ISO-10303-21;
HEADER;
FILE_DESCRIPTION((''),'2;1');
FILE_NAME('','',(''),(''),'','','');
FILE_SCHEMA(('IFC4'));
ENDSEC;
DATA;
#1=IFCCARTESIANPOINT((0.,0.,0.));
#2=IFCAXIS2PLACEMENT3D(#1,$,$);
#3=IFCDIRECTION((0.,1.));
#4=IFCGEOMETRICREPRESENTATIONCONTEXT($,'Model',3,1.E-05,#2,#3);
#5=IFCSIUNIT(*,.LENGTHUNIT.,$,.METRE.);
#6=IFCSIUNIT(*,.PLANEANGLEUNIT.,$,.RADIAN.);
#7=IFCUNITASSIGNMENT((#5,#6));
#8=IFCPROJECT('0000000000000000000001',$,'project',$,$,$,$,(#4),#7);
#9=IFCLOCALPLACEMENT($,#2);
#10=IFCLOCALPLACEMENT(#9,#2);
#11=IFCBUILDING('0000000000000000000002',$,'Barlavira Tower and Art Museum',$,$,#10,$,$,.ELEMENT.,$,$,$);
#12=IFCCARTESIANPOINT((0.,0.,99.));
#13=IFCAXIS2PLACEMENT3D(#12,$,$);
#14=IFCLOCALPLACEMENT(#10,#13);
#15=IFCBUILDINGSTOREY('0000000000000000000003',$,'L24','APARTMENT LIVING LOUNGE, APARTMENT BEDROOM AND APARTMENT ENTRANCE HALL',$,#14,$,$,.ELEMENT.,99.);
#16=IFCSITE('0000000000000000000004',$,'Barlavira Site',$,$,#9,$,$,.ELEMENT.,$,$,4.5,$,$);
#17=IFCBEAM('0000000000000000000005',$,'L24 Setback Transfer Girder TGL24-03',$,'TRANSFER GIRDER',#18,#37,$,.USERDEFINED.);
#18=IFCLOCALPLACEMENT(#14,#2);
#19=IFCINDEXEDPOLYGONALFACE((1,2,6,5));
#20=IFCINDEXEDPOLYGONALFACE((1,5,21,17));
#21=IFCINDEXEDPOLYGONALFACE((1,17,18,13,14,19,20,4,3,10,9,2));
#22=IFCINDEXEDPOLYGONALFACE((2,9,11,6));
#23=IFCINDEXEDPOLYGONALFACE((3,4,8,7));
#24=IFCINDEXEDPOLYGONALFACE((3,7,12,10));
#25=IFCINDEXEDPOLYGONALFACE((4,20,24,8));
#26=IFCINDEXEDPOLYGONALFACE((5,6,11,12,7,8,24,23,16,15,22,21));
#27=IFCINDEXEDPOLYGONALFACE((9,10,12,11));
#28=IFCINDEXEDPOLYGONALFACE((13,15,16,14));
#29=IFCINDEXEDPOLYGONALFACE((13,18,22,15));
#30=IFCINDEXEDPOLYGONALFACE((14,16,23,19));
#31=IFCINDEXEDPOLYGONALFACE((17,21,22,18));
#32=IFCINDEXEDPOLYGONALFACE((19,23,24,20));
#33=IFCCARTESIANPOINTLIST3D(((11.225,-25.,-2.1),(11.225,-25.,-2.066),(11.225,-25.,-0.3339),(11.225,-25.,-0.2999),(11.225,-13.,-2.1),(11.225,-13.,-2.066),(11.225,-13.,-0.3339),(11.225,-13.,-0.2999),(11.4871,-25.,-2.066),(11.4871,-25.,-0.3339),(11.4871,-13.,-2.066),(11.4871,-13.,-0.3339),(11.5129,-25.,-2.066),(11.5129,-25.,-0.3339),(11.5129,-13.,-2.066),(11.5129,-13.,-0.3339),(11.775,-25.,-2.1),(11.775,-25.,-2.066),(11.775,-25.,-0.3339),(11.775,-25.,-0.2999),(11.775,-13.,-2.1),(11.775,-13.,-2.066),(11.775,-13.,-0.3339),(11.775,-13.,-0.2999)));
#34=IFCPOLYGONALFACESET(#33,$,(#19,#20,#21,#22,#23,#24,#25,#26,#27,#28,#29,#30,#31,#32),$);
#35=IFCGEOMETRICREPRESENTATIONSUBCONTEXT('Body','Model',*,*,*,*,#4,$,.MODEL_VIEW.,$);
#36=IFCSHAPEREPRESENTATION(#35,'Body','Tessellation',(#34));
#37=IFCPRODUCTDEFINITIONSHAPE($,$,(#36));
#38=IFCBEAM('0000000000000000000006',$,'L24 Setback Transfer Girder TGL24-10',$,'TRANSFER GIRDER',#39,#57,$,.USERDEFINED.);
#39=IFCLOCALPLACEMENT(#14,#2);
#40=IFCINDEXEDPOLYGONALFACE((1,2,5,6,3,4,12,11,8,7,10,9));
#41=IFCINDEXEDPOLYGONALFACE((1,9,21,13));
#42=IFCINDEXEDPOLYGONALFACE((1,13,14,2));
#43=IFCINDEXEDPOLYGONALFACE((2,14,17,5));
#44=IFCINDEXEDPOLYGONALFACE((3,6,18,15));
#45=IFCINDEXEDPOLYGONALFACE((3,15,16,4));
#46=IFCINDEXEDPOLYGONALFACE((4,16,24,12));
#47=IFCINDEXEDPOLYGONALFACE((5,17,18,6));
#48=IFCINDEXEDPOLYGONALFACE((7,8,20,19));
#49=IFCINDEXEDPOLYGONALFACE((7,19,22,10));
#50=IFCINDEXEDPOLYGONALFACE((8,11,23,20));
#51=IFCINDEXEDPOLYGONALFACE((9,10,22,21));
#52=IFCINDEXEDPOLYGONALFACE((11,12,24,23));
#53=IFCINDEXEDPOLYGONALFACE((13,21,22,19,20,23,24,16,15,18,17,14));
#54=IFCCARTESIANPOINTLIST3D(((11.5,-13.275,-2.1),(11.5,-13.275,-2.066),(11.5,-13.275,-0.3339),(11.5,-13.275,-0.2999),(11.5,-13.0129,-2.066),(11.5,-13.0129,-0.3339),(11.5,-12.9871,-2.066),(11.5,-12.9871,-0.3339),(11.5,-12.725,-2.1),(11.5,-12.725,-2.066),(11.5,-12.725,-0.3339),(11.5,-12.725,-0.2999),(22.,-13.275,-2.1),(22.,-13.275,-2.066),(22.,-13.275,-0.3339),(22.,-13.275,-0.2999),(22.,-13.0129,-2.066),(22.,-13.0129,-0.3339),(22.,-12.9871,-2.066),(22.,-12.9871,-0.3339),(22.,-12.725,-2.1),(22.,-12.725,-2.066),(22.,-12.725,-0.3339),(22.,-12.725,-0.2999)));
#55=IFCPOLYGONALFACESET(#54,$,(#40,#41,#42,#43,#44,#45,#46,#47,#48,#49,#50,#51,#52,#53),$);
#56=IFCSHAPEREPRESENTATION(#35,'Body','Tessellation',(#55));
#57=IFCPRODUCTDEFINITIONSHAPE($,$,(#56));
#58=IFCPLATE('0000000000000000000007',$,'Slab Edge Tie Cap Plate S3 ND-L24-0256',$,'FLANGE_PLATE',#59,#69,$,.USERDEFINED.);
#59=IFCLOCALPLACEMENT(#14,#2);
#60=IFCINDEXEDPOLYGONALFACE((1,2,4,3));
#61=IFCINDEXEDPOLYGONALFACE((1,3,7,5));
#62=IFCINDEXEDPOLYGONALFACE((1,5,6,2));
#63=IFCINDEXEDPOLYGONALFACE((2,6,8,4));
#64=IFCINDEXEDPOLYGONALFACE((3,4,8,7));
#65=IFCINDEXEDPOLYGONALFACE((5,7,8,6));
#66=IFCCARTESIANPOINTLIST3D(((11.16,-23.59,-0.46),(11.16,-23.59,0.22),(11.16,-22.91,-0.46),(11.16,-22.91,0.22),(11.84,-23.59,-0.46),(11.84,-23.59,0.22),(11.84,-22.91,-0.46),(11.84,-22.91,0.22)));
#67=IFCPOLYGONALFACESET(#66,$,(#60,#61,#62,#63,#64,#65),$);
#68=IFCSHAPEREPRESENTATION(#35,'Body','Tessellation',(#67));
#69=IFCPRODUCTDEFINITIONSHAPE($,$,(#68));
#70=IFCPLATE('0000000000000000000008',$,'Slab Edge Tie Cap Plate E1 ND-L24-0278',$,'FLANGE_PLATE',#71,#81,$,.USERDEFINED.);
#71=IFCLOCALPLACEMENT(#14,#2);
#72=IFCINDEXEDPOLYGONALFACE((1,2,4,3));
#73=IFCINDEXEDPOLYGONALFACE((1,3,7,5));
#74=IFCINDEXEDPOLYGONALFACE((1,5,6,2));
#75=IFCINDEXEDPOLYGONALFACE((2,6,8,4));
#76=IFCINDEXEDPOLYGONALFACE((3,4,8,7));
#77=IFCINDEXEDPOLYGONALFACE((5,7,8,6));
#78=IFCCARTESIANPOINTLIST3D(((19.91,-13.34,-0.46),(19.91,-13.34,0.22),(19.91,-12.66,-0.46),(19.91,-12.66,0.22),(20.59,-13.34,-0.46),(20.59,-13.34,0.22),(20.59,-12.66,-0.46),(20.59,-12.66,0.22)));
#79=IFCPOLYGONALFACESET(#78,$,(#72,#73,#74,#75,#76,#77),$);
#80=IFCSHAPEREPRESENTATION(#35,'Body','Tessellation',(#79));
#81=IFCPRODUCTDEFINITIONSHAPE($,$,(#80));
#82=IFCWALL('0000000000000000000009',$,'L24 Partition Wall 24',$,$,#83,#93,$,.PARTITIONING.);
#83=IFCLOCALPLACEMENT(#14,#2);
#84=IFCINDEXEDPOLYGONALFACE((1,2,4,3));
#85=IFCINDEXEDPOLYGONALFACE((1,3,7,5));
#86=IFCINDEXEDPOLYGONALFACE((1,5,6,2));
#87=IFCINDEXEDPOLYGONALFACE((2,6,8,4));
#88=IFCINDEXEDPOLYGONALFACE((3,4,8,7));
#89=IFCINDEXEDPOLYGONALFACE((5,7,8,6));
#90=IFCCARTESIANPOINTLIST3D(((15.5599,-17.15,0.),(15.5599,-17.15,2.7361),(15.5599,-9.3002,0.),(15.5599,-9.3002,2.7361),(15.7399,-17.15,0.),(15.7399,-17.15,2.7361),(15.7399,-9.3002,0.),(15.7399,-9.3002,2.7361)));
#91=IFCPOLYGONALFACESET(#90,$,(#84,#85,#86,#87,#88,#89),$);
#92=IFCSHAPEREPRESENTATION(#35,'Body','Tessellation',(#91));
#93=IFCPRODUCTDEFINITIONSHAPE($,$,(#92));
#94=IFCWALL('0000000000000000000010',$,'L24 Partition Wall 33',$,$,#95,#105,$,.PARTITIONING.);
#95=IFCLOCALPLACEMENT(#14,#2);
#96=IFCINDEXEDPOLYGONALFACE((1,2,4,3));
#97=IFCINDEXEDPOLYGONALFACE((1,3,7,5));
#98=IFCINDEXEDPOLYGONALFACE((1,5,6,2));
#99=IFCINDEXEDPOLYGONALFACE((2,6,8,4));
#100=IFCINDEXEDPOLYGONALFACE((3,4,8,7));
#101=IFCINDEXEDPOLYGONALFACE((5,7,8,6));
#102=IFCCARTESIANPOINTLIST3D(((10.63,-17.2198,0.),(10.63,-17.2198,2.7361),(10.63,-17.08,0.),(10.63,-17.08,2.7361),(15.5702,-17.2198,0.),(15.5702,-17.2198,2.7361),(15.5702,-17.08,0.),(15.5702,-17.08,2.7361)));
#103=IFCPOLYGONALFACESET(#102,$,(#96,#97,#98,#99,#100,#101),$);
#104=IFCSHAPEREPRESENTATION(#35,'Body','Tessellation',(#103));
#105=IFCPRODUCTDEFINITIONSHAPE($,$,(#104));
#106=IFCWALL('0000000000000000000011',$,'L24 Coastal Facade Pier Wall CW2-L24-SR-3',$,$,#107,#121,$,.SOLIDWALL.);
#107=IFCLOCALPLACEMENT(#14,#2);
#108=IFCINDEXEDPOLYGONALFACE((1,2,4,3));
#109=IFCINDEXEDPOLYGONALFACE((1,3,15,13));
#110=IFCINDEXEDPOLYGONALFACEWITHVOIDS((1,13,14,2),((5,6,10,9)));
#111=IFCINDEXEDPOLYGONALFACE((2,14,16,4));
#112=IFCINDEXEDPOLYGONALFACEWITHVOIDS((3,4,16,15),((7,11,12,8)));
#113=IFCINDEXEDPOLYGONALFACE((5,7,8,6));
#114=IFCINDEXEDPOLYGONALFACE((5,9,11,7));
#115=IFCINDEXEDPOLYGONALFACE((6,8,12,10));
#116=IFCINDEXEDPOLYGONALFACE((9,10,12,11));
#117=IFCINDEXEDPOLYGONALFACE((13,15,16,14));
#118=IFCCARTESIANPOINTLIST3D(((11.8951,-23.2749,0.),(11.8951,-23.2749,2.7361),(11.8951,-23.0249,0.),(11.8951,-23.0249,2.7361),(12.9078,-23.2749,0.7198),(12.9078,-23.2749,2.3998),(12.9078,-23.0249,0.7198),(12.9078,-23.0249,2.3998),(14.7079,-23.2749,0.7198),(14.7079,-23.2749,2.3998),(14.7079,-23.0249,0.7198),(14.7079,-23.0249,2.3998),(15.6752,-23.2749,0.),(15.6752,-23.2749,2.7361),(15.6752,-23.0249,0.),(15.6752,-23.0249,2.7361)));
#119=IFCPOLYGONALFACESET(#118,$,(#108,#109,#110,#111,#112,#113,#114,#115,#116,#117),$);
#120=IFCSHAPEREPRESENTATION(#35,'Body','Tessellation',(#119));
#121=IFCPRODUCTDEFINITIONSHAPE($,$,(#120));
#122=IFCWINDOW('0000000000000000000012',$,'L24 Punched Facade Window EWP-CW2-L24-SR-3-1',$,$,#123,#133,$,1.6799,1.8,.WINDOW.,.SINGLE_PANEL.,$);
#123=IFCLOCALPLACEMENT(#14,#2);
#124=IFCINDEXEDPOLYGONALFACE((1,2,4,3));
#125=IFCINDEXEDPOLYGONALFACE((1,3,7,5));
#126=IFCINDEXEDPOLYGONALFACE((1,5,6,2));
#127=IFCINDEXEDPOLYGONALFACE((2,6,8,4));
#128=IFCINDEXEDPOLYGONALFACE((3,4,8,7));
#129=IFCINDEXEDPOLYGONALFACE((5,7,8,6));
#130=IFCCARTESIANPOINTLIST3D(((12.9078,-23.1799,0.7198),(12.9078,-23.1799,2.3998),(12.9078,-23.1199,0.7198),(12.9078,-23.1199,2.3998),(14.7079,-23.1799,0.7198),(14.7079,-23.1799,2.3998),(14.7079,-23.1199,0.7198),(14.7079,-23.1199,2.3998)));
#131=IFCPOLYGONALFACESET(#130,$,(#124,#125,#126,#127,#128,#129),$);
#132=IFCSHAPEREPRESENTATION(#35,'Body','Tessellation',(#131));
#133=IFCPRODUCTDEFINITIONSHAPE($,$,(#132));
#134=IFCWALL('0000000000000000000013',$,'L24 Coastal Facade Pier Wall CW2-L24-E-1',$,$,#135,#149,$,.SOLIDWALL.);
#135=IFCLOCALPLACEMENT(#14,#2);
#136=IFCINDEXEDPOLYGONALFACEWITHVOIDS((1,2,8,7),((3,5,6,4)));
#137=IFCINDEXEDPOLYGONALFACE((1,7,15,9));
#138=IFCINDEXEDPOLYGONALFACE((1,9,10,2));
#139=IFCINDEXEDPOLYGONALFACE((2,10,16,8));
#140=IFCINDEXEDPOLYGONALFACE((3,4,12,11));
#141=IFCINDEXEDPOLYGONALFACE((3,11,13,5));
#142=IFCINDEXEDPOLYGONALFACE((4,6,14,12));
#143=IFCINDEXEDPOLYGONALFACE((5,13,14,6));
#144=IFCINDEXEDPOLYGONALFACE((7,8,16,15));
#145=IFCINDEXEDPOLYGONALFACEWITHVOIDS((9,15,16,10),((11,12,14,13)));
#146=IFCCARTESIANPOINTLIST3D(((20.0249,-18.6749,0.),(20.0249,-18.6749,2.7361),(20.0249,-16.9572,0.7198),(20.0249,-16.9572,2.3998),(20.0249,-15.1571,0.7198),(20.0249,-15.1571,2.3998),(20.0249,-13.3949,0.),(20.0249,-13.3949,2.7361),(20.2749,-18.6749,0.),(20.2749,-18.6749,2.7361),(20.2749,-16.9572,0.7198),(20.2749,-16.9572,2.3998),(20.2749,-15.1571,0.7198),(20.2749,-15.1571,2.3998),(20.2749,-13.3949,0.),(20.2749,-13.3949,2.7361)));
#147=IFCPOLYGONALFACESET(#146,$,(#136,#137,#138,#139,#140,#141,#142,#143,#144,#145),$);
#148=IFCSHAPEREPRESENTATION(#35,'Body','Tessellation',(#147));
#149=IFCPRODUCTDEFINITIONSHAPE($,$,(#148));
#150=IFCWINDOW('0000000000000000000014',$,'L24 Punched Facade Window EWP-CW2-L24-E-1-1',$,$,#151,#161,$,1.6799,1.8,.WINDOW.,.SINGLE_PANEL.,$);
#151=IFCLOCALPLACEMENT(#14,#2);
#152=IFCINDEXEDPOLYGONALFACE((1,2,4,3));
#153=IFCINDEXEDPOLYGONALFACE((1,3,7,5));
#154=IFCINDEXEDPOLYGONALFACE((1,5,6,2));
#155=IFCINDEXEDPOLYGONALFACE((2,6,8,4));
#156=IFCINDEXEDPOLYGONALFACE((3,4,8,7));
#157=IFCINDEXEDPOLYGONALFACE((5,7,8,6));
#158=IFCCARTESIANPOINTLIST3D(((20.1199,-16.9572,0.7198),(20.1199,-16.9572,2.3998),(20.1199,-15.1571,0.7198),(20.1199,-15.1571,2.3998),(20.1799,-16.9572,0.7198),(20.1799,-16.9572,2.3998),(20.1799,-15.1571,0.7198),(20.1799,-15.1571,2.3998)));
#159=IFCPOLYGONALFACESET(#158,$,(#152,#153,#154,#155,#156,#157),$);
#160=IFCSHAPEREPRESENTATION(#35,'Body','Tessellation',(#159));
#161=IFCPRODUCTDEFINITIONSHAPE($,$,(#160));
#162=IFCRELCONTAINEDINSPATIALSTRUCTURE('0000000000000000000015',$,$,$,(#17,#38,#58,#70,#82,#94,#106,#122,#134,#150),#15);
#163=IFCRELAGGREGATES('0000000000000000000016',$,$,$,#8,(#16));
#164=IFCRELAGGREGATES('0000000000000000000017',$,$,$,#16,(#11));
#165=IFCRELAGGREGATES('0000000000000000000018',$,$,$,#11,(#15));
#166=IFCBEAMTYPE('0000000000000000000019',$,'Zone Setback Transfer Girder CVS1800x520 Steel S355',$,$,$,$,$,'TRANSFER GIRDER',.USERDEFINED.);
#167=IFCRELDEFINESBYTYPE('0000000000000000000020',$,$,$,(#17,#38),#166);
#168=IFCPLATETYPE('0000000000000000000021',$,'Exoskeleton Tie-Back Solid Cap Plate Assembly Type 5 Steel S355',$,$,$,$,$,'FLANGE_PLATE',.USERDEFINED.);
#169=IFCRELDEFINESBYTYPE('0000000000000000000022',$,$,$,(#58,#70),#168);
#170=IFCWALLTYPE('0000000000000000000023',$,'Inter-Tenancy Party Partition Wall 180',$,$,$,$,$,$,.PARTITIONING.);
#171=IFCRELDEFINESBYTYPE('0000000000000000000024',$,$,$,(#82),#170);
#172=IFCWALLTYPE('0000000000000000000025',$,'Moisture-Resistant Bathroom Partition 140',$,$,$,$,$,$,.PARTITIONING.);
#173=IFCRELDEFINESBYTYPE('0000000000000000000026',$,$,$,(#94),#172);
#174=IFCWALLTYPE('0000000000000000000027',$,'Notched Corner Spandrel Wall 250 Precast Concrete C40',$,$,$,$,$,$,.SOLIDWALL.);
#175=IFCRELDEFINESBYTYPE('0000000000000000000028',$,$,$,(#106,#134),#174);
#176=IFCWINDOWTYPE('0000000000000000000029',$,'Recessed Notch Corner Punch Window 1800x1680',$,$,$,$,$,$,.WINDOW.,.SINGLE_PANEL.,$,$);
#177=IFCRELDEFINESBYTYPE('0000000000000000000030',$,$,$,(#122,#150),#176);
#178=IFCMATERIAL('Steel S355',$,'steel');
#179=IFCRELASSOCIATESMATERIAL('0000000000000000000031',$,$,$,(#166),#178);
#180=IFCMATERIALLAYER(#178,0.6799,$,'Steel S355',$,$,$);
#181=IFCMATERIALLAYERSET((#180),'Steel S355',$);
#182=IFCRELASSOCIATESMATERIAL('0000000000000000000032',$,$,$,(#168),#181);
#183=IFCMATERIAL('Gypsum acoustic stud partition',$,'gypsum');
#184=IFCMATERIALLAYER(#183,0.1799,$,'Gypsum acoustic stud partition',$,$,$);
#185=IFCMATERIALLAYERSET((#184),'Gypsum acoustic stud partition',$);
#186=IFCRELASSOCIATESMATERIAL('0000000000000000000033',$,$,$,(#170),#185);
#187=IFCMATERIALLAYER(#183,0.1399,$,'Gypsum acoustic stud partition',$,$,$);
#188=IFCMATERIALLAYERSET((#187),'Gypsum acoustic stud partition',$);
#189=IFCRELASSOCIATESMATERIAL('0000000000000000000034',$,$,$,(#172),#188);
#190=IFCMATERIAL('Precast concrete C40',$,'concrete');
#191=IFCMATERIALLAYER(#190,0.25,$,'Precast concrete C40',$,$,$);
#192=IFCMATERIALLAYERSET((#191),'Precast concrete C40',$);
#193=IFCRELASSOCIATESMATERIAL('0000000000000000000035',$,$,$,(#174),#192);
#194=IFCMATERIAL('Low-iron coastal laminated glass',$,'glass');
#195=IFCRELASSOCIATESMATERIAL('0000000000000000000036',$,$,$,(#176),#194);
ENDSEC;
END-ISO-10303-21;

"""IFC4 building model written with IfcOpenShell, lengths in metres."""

from ifc_helpers import new_model, si_unit, direction, frame, frame_2d, origin, origin_2d, place, context, subcontext, project, spatial, rectangle, i_section, extrude, material, layer, layer_set, material_profile, profile_set, type_object, element, fill, save


model = new_model("IFC4")

# Units and contexts
model_context = context("Model", 3, precision=1e-05, world=origin(), true_north=direction((0.0, 1.0)))
body_context = subcontext(model_context, "Body", "Model", "MODEL_VIEW")
ifc_project = project(units=[si_unit("LENGTHUNIT", "METRE"), si_unit("PLANEANGLEUNIT", "RADIAN")], contexts=[model_context])

# Site, building, storey
site_placement = place(None, origin())
site = spatial("IfcSite", under=ifc_project, at=site_placement, Name="Barlavira Site", CompositionType="ELEMENT", RefElevation=4.5)
building_placement = place(site_placement, origin())
building = spatial("IfcBuilding", under=site, at=building_placement, Name="Barlavira Tower and Art Museum", CompositionType="ELEMENT")
storey_placement = place(building_placement, frame((0.0, 0.0, 99.0)))
storey = spatial("IfcBuildingStorey", under=building, at=storey_placement, Name="L24", Description="APARTMENT LIVING LOUNGE, APARTMENT BEDROOM AND APARTMENT ENTRANCE HALL", CompositionType="ELEMENT", Elevation=99.0)

# Shared definitions
ifc_material_1 = material(Name="Steel S355", Category="steel")

# Beams
ifc_material_profile_1 = material_profile(ifc_material_1, i_section(OverallWidth=0.55, OverallDepth=1.8, WebThickness=0.0259, FlangeThickness=0.0339, at=origin_2d()), Name="CVS1800x520")
ifc_profile_set_1 = profile_set([ifc_material_profile_1], Name="Steel S355")
beam_type_1 = type_object("IfcBeamType", Name="Zone Setback Transfer Girder CVS1800x520 Steel S355", ElementType="TRANSFER GIRDER", PredefinedType="USERDEFINED", material=ifc_profile_set_1)
beam_1_placement = place(storey_placement, frame((11.5, -25.0, -1.2), z_axis=(0.0, 1.0, 0.0), x_axis=(-1.0, 0.0, 0.0)))
element("IfcBeam", 1, at=beam_1_placement, inside=storey, type_object=beam_type_1, Name="L24 Setback Transfer Girder TGL24-03", ObjectType="TRANSFER GIRDER", PredefinedType="USERDEFINED", context=body_context, shape_type="SweptSolid", body=[
    extrude(i_section(OverallWidth=0.55, OverallDepth=1.8, WebThickness=0.0259, FlangeThickness=0.0339, at=origin_2d()), origin(), (0.0, 0.0, 1.0), 12.0),
])
beam_2_placement = place(storey_placement, frame((11.5, -13.0, -1.2), z_axis=(1.0, 0.0, 0.0), x_axis=(0.0, 1.0, 0.0)))
element("IfcBeam", 2, at=beam_2_placement, inside=storey, type_object=beam_type_1, Name="L24 Setback Transfer Girder TGL24-10", ObjectType="TRANSFER GIRDER", PredefinedType="USERDEFINED", context=body_context, shape_type="SweptSolid", body=[
    extrude(i_section(OverallWidth=0.55, OverallDepth=1.8, WebThickness=0.0259, FlangeThickness=0.0339, at=origin_2d()), origin(), (0.0, 0.0, 1.0), 10.5),
])

# Plates
ifc_layer_1 = layer(ifc_material_1, 0.6799, Name="Steel S355")
ifc_layer_set_1 = layer_set([ifc_layer_1], Name="Steel S355")
plate_type = type_object("IfcPlateType", Name="Exoskeleton Tie-Back Solid Cap Plate Assembly Type 5 Steel S355", ElementType="FLANGE_PLATE", PredefinedType="USERDEFINED", material=ifc_layer_set_1)
for number, where, z_axis, x_axis, name in (
    (3, (11.5, -23.25, -0.46), (0.0, 0.0, 1.0), (1.0, 0.0, 0.0), "Slab Edge Tie Cap Plate S3 ND-L24-0256"),
    (4, (20.25, -13.0, -0.46), (0.0, 0.0, 1.0), (1.0, 0.0, 0.0), "Slab Edge Tie Cap Plate E1 ND-L24-0278"),
):
    element("IfcPlate", number, at=place(storey_placement, frame(where, z_axis=z_axis, x_axis=x_axis)), inside=storey, type_object=plate_type, Name=name, ObjectType="FLANGE_PLATE", PredefinedType="USERDEFINED", context=body_context, shape_type="SweptSolid", body=[
        extrude(rectangle(XDim=0.6799, YDim=0.6799, at=origin_2d()), origin(), (0.0, 0.0, 1.0), 0.6799),
    ])

# Walls
ifc_material_2 = material(Name="Gypsum acoustic stud partition", Category="gypsum")
ifc_layer_2 = layer(ifc_material_2, 0.1799, Name="Gypsum acoustic stud partition")
ifc_layer_set_2 = layer_set([ifc_layer_2], Name="Gypsum acoustic stud partition")
wall_type_1 = type_object("IfcWallType", Name="Inter-Tenancy Party Partition Wall 180", PredefinedType="PARTITIONING", material=ifc_layer_set_2)
wall_1_placement = place(storey_placement, frame((15.6499, -17.1499, 0.0), z_axis=(0.0, 0.0, 1.0), x_axis=(0.0, 1.0, 0.0)))
element("IfcWall", 5, at=wall_1_placement, inside=storey, type_object=wall_type_1, Name="L24 Partition Wall 24", PredefinedType="PARTITIONING", context=body_context, shape_type="SweptSolid", body=[
    extrude(rectangle(XDim=7.8499, YDim=0.1799, at=frame_2d((3.9248, 0.0))), origin(), (0.0, 0.0, 1.0), 2.7361),
])
ifc_layer_3 = layer(ifc_material_2, 0.1399, Name="Gypsum acoustic stud partition")
ifc_layer_set_3 = layer_set([ifc_layer_3], Name="Gypsum acoustic stud partition")
wall_type_2 = type_object("IfcWallType", Name="Moisture-Resistant Bathroom Partition 140", PredefinedType="PARTITIONING", material=ifc_layer_set_3)
wall_2_placement = place(storey_placement, frame((10.6299, -17.1499, 0.0), z_axis=(0.0, 0.0, 1.0), x_axis=(1.0, 0.0, 0.0)))
element("IfcWall", 6, at=wall_2_placement, inside=storey, type_object=wall_type_2, Name="L24 Partition Wall 33", PredefinedType="PARTITIONING", context=body_context, shape_type="SweptSolid", body=[
    extrude(rectangle(XDim=4.9402, YDim=0.1399, at=frame_2d((2.4702, 0.0))), origin(), (0.0, 0.0, 1.0), 2.7361),
])

# Walls, openings, windows
ifc_material_3 = material(Name="Precast concrete C40", Category="concrete")
ifc_layer_4 = layer(ifc_material_3, 0.25, Name="Precast concrete C40")
ifc_layer_set_4 = layer_set([ifc_layer_4], Name="Precast concrete C40")
wall_type_3 = type_object("IfcWallType", Name="Notched Corner Spandrel Wall 250 Precast Concrete C40", PredefinedType="SOLIDWALL", material=ifc_layer_set_4)
wall_3_placement = place(storey_placement, frame((11.895, -23.1499, 0.0), z_axis=(0.0, 0.0, 1.0), x_axis=(1.0, 0.0, 0.0)))
wall_3 = element("IfcWall", 7, at=wall_3_placement, inside=storey, type_object=wall_type_3, Name="L24 Coastal Facade Pier Wall CW2-L24-SR-3", PredefinedType="SOLIDWALL", context=body_context, shape_type="SweptSolid", body=[
    extrude(rectangle(XDim=3.78, YDim=0.25, at=frame_2d((1.8901, 0.0))), origin(), (0.0, 0.0, 1.0), 2.7361),
])
opening_1_placement = place(wall_3_placement, frame((1.0129, 0.0, 0.72)))
opening_1 = element("IfcOpeningElement", 8, at=opening_1_placement, cuts=wall_3, PredefinedType="OPENING", context=body_context, shape_type="SweptSolid", body=[
    extrude(rectangle(XDim=1.8, YDim=1.6799, at=frame_2d((0.8999, 0.8398))), frame((0.0, 0.135, 0.0), z_axis=(0.0, -1.0, 0.0), x_axis=(1.0, 0.0, 0.0)), (0.0, 0.0, 1.0), 0.27),
])
ifc_material_4 = material(Name="Low-iron coastal laminated glass", Category="glass")
window_type = type_object("IfcWindowType", Name="Recessed Notch Corner Punch Window 1800x1680", PartitioningType="SINGLE_PANEL", PredefinedType="WINDOW", material=ifc_material_4)
window_1_placement = place(opening_1_placement, origin())
window_1 = element("IfcWindow", 9, at=window_1_placement, inside=storey, type_object=window_type, Name="L24 Punched Facade Window EWP-CW2-L24-SR-3-1", OverallHeight=1.6799, OverallWidth=1.8, PartitioningType="SINGLE_PANEL", PredefinedType="WINDOW", context=body_context, shape_type="SweptSolid", body=[
    extrude(rectangle(XDim=1.8, YDim=1.6799, at=frame_2d((0.8999, 0.8398))), frame((0.0, 0.03, 0.0), z_axis=(0.0, -1.0, 0.0), x_axis=(1.0, 0.0, 0.0)), (0.0, 0.0, 1.0), 0.0601),
])
fill(opening_1, window_1)
wall_4_placement = place(storey_placement, frame((20.1499, -18.675, 0.0), z_axis=(0.0, 0.0, 1.0), x_axis=(0.0, 1.0, 0.0)))
wall_4 = element("IfcWall", 10, at=wall_4_placement, inside=storey, type_object=wall_type_3, Name="L24 Coastal Facade Pier Wall CW2-L24-E-1", PredefinedType="SOLIDWALL", context=body_context, shape_type="SweptSolid", body=[
    extrude(rectangle(XDim=5.28, YDim=0.25, at=frame_2d((2.6401, 0.0))), origin(), (0.0, 0.0, 1.0), 2.7361),
])
opening_2_placement = place(wall_4_placement, frame((1.718, 0.0, 0.72)))
opening_2 = element("IfcOpeningElement", 11, at=opening_2_placement, cuts=wall_4, PredefinedType="OPENING", context=body_context, shape_type="SweptSolid", body=[
    extrude(rectangle(XDim=1.8, YDim=1.6799, at=frame_2d((0.8999, 0.8398))), frame((0.0, 0.135, 0.0), z_axis=(0.0, -1.0, 0.0), x_axis=(1.0, 0.0, 0.0)), (0.0, 0.0, 1.0), 0.27),
])
window_2_placement = place(opening_2_placement, origin())
window_2 = element("IfcWindow", 12, at=window_2_placement, inside=storey, type_object=window_type, Name="L24 Punched Facade Window EWP-CW2-L24-E-1-1", OverallHeight=1.6799, OverallWidth=1.8, PartitioningType="SINGLE_PANEL", PredefinedType="WINDOW", context=body_context, shape_type="SweptSolid", body=[
    extrude(rectangle(XDim=1.8, YDim=1.6799, at=frame_2d((0.8999, 0.8398))), frame((0.0, 0.03, 0.0), z_axis=(0.0, -1.0, 0.0), x_axis=(1.0, 0.0, 0.0)), (0.0, 0.0, 1.0), 0.0601),
])
fill(opening_2, window_2)

save(model, "model.ifc")
